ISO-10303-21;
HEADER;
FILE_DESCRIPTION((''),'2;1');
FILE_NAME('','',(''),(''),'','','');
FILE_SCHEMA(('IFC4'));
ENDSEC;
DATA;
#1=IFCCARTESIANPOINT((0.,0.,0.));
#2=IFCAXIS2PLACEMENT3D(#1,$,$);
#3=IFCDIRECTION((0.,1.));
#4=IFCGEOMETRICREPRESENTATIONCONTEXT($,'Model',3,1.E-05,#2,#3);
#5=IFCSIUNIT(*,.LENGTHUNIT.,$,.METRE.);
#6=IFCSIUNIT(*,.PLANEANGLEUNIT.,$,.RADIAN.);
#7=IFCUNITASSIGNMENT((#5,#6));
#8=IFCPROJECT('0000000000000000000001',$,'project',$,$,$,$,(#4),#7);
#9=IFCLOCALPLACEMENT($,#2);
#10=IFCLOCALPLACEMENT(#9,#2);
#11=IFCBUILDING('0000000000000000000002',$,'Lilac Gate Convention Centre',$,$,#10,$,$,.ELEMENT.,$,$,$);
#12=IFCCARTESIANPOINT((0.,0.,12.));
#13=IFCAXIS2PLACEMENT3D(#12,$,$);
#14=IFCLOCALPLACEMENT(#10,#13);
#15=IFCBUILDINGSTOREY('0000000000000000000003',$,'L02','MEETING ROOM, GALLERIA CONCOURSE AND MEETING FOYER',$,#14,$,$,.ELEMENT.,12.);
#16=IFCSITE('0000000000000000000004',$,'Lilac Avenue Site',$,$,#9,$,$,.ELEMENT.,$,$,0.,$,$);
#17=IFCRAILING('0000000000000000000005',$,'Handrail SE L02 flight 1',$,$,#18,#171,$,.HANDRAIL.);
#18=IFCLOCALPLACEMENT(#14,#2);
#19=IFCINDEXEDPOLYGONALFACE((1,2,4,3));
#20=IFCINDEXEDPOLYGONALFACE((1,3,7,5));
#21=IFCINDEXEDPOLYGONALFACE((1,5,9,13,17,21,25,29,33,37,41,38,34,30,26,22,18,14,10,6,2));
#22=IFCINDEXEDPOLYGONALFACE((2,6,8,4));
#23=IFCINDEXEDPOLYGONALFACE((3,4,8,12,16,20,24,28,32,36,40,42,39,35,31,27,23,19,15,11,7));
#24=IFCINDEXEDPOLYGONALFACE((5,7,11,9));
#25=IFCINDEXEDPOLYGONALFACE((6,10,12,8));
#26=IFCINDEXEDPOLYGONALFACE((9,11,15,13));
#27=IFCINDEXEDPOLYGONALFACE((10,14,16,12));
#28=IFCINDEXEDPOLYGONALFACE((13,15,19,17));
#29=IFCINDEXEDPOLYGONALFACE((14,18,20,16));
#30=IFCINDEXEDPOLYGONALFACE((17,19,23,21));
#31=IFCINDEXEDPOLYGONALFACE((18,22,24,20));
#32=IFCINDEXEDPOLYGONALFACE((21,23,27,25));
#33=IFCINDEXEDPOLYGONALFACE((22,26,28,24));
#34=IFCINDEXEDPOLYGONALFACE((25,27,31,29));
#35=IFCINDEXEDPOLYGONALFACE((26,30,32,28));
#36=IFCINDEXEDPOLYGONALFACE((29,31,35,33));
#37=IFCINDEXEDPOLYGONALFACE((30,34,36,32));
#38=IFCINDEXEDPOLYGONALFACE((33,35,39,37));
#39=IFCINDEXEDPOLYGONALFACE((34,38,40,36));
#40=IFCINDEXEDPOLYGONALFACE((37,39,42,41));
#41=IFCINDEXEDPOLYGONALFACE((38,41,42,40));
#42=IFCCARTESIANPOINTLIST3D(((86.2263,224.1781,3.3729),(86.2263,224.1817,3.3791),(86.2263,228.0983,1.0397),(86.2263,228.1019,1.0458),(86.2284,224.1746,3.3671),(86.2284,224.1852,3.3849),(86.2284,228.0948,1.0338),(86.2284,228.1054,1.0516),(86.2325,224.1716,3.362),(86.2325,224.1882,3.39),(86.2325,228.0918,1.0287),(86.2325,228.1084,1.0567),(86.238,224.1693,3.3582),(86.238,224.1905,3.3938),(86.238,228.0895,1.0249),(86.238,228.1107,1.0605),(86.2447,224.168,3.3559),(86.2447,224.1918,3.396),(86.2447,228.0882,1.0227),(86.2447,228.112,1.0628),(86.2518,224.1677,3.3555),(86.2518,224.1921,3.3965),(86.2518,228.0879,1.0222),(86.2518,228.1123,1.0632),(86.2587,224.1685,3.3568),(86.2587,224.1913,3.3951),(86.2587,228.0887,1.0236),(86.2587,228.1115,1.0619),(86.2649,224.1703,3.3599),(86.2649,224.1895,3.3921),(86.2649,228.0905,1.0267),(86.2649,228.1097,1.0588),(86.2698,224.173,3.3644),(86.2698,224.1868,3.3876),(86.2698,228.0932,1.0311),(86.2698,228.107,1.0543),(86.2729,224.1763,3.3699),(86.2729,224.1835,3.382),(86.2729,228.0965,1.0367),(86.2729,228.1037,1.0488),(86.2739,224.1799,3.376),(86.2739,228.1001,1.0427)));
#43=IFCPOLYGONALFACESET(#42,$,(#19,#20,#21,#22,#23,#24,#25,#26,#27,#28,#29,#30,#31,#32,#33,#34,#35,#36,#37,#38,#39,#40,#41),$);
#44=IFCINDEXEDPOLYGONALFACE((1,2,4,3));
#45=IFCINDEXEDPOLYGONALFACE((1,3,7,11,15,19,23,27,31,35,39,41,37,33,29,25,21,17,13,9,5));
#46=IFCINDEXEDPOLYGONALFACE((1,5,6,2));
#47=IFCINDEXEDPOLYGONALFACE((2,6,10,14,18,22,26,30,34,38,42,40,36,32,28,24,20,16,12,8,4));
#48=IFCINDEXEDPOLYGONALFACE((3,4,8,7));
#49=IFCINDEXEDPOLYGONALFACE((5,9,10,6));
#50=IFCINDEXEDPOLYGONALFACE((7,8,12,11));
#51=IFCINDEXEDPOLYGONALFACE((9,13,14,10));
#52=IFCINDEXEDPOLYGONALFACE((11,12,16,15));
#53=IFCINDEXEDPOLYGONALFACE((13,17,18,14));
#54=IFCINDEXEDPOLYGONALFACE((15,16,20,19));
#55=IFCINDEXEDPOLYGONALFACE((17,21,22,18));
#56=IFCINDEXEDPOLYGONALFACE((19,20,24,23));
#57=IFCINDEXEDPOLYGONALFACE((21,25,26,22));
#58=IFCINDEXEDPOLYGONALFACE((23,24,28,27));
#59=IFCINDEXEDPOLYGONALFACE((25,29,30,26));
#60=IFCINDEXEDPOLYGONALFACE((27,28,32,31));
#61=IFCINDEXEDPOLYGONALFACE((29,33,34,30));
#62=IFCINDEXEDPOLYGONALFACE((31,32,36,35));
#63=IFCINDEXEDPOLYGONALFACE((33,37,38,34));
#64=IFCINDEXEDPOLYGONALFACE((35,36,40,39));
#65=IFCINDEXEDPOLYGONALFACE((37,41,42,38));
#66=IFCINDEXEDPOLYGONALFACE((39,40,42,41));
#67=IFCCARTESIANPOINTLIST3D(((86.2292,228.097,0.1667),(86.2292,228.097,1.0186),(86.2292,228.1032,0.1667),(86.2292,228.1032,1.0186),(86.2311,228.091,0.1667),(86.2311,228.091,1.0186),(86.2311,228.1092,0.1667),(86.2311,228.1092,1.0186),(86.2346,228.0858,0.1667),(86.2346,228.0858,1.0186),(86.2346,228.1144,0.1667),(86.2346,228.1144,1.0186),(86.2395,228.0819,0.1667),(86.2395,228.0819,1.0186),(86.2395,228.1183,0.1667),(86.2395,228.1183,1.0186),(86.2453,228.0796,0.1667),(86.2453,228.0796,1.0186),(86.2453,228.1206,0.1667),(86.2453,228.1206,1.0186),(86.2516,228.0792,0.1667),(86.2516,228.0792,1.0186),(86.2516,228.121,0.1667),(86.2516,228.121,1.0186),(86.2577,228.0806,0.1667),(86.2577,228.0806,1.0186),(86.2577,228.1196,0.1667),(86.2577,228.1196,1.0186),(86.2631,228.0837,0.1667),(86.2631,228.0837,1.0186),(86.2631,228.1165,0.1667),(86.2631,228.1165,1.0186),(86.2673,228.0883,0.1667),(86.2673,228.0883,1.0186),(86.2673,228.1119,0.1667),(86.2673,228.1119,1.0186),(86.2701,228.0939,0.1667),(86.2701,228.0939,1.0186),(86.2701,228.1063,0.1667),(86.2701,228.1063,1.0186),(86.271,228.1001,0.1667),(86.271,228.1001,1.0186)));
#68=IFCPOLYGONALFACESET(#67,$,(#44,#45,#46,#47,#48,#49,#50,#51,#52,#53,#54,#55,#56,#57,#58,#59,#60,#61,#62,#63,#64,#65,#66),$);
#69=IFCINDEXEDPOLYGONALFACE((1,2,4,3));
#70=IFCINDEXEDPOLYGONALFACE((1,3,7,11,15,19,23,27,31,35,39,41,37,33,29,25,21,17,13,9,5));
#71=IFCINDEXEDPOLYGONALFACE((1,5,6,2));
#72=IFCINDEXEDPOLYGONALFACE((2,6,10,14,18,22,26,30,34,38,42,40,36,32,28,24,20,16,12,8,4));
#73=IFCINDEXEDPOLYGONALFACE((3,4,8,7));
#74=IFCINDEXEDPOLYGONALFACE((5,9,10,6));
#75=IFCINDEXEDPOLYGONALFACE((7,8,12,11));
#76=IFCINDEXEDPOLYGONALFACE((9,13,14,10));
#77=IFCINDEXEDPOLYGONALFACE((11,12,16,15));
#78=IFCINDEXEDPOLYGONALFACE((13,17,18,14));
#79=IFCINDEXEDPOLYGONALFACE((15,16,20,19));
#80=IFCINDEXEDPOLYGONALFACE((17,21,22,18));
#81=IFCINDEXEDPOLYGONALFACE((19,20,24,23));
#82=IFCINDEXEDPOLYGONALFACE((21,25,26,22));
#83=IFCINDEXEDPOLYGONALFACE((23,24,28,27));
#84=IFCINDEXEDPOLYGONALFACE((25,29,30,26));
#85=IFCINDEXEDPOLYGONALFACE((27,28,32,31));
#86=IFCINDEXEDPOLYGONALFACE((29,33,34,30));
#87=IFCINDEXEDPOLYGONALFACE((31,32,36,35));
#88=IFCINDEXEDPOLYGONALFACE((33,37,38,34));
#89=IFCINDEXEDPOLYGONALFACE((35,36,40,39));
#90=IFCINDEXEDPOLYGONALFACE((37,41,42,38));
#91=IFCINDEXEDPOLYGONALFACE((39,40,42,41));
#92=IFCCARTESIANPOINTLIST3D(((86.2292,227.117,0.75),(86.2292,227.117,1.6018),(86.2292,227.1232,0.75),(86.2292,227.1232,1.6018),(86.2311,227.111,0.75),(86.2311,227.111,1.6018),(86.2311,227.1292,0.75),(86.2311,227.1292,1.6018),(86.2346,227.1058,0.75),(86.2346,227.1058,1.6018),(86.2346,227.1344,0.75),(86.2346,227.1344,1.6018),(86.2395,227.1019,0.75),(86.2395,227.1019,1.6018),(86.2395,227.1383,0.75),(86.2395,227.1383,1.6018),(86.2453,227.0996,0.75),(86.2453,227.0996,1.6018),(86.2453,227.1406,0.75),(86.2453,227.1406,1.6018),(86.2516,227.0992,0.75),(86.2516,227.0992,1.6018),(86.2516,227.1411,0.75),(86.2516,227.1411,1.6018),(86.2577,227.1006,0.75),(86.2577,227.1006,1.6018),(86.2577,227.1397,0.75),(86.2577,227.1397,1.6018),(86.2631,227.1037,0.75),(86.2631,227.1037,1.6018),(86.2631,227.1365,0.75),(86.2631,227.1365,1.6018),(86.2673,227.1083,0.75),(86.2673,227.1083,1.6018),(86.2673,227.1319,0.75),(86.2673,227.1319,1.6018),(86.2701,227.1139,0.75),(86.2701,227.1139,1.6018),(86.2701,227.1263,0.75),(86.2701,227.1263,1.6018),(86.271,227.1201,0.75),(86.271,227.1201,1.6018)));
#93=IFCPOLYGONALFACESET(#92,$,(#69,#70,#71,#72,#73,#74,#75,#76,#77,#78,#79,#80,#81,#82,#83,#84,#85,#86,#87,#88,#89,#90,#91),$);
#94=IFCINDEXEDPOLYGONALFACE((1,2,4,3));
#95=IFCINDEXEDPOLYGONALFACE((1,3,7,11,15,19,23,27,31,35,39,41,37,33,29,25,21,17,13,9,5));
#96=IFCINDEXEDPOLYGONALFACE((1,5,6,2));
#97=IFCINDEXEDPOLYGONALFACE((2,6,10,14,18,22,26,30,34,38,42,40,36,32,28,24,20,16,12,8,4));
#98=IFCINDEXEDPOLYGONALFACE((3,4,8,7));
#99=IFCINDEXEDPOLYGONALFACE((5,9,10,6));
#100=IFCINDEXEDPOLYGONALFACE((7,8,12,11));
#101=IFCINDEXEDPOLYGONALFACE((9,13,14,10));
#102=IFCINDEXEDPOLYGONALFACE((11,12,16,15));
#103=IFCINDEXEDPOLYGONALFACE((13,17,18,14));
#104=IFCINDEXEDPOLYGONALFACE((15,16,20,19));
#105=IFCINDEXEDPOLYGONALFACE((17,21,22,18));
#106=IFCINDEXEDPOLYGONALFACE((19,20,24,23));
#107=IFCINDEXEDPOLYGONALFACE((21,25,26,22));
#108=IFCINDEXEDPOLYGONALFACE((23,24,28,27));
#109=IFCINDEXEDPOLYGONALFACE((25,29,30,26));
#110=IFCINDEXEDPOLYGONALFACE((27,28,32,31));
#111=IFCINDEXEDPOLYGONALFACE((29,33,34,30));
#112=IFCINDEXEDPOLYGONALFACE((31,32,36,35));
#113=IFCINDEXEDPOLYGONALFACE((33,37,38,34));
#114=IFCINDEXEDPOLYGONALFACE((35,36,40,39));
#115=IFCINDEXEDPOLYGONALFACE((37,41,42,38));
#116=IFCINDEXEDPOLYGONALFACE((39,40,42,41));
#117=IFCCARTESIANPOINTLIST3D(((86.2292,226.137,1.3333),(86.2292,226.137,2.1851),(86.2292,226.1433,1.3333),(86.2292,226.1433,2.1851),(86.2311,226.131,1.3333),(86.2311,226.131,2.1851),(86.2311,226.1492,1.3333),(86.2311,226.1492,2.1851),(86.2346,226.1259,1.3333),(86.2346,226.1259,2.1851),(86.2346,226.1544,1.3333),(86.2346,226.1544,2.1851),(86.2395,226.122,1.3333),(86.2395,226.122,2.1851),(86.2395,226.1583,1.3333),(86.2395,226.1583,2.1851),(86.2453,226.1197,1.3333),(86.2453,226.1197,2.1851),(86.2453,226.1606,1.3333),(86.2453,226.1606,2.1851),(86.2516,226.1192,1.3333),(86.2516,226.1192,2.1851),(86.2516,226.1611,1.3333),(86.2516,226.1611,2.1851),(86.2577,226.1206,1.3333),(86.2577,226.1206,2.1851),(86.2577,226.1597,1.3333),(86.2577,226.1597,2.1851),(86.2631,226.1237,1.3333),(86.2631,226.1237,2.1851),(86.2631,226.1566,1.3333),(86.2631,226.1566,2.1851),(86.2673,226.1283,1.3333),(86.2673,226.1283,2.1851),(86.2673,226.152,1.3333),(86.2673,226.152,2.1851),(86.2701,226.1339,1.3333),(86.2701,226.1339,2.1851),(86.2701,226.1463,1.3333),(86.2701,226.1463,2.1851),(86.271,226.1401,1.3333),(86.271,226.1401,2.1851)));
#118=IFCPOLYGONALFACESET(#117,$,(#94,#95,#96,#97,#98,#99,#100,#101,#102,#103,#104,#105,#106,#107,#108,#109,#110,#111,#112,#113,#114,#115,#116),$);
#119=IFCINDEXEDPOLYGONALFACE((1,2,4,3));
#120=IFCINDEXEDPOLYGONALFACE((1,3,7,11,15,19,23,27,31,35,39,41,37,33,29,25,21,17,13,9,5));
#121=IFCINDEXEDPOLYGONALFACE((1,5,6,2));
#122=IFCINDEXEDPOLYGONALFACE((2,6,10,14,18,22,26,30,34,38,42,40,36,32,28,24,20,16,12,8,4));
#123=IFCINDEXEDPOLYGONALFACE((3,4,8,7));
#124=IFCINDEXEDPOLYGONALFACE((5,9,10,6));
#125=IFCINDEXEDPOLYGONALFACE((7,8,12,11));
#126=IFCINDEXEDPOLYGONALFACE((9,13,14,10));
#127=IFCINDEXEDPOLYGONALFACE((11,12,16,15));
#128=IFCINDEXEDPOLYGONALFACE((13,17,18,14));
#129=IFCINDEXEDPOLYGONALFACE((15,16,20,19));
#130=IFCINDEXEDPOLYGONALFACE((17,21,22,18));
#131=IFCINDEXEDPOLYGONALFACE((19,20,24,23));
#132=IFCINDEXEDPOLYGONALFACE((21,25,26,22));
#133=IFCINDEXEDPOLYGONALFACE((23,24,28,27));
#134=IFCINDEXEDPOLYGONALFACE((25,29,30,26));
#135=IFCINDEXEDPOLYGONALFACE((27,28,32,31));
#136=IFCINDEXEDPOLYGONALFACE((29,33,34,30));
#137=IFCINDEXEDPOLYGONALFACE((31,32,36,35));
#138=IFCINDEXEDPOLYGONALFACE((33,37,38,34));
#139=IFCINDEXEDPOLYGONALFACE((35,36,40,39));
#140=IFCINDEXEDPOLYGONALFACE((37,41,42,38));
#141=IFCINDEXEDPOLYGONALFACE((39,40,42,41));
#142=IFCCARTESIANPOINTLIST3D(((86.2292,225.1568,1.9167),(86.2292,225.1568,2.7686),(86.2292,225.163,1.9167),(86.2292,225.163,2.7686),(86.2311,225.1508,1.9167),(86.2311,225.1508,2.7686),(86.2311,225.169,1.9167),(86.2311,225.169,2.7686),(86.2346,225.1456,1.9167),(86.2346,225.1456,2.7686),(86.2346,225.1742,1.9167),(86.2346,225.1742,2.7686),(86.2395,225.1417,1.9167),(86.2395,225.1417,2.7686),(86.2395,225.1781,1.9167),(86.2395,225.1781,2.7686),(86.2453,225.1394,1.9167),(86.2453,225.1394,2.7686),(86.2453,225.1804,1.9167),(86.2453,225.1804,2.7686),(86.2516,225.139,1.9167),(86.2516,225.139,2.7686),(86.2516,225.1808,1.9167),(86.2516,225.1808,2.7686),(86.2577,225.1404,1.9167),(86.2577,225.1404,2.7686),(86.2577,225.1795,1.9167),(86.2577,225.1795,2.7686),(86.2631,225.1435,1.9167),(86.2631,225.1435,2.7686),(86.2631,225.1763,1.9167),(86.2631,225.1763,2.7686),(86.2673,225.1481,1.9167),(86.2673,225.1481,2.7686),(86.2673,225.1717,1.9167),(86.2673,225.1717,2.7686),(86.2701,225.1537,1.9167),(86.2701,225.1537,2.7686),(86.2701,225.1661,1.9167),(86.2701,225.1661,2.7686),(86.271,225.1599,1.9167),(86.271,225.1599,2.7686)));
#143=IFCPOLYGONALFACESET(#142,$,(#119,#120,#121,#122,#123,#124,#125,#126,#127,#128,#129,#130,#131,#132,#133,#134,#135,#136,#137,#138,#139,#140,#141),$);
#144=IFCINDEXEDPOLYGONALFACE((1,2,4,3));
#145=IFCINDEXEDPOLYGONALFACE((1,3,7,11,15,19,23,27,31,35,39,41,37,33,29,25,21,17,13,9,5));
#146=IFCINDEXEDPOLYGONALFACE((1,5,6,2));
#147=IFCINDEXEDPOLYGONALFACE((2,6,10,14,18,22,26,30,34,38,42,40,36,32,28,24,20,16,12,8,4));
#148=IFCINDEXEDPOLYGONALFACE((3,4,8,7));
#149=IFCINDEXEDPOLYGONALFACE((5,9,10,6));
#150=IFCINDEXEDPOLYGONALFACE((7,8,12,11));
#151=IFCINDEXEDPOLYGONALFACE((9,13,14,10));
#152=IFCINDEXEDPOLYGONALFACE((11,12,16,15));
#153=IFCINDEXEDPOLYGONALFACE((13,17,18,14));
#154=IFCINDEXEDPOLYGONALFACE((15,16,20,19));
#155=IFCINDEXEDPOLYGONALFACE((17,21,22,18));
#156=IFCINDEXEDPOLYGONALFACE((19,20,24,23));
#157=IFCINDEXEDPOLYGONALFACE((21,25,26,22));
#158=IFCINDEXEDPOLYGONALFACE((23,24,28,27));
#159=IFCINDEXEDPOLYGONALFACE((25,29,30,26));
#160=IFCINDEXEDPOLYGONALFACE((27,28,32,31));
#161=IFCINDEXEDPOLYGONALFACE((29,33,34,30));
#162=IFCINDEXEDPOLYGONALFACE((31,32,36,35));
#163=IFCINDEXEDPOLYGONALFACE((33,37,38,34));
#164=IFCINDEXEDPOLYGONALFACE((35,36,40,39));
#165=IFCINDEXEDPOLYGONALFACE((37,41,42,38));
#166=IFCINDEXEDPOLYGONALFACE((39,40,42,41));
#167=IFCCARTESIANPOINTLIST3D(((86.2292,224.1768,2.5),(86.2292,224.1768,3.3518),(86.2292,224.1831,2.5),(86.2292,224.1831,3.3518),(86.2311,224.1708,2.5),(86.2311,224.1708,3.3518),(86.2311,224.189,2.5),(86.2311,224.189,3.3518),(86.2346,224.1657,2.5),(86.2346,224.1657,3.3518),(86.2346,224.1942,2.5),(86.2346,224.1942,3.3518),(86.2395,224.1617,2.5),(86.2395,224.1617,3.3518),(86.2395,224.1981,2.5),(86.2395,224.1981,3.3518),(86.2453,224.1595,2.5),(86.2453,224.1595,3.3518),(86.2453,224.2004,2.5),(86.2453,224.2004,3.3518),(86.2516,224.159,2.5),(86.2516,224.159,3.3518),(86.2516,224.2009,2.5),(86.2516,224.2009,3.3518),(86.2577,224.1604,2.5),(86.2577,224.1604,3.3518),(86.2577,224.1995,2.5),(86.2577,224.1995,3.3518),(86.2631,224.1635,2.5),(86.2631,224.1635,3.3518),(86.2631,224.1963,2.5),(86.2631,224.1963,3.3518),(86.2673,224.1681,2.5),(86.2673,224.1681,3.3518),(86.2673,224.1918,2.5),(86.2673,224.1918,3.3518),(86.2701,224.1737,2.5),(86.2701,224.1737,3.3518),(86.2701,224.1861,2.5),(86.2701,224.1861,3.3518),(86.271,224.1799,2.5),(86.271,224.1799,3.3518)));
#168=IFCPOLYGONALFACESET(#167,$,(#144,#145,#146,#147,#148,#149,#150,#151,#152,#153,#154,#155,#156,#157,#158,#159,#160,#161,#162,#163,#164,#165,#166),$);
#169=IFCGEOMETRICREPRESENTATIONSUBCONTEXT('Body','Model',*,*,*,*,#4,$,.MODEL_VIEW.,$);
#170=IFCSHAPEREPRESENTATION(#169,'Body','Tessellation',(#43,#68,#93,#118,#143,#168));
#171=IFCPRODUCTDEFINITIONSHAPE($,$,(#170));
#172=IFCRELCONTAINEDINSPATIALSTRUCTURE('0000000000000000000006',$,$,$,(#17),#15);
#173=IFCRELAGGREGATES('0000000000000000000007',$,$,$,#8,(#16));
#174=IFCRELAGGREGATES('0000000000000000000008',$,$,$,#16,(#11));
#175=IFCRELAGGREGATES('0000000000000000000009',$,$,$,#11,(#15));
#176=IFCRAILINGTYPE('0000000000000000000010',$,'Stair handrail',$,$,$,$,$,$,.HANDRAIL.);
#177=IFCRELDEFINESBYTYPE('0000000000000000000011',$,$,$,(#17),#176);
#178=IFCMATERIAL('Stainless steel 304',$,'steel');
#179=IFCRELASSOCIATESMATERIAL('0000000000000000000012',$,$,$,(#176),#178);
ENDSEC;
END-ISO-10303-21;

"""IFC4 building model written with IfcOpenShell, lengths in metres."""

from ifc_helpers import new_model, si_unit, direction, frame, origin, origin_2d, place, context, subcontext, project, spatial, circle, extrude, material, type_object, element, save


model = new_model("IFC4")

# Units and contexts
model_context = context("Model", 3, precision=1e-05, world=origin(), true_north=direction((0.0, 1.0)))
body_context = subcontext(model_context, "Body", "Model", "MODEL_VIEW")
ifc_project = project(units=[si_unit("LENGTHUNIT", "METRE"), si_unit("PLANEANGLEUNIT", "RADIAN")], contexts=[model_context])

# Site, building, storey
site_placement = place(None, origin())
site = spatial("IfcSite", under=ifc_project, at=site_placement, Name="Lilac Avenue Site", CompositionType="ELEMENT", RefElevation=0.0)
building_placement = place(site_placement, origin())
building = spatial("IfcBuilding", under=site, at=building_placement, Name="Lilac Gate Convention Centre", CompositionType="ELEMENT")
storey_placement = place(building_placement, frame((0.0, 0.0, 12.0)))
storey = spatial("IfcBuildingStorey", under=building, at=storey_placement, Name="L02", Description="MEETING ROOM, GALLERIA CONCOURSE AND MEETING FOYER", CompositionType="ELEMENT", Elevation=12.0)

# Railing
ifc_material_1 = material(Name="Stainless steel 304", Category="steel")
railing_type = type_object("IfcRailingType", Name="Stair handrail", PredefinedType="HANDRAIL", material=ifc_material_1)
for number, where, name in (
    (1, (86.25, 228.1001, 0.1667), "Handrail SE L02 flight 1"),
):
    element("IfcRailing", number, at=place(storey_placement, frame(where)), inside=storey, type_object=railing_type, Name=name, PredefinedType="HANDRAIL", context=body_context, shape_type="SweptSolid", body=[
        extrude(circle(Radius=0.0239, at=origin_2d()), frame((0.0, 0.0, 0.876), z_axis=(0.0, -0.85931, 0.511455), x_axis=(1.0, 0.0, 0.0)), (0.0, 0.0, 1.0), 4.562),
        extrude(circle(Radius=0.021, at=origin_2d()), origin(), (0.0, 0.0, 1.0), 0.8518),
        extrude(circle(Radius=0.021, at=origin_2d()), frame((0.0, -0.98, 0.5833)), (0.0, 0.0, 1.0), 0.8518),
        extrude(circle(Radius=0.021, at=origin_2d()), frame((0.0, -1.96, 1.1665)), (0.0, 0.0, 1.0), 0.8518),
        extrude(circle(Radius=0.021, at=origin_2d()), frame((0.0, -2.9402, 1.75)), (0.0, 0.0, 1.0), 0.8518),
        extrude(circle(Radius=0.021, at=origin_2d()), frame((0.0, -3.9202, 2.3333)), (0.0, 0.0, 1.0), 0.8518),
    ])

save(model, "model.ifc")
